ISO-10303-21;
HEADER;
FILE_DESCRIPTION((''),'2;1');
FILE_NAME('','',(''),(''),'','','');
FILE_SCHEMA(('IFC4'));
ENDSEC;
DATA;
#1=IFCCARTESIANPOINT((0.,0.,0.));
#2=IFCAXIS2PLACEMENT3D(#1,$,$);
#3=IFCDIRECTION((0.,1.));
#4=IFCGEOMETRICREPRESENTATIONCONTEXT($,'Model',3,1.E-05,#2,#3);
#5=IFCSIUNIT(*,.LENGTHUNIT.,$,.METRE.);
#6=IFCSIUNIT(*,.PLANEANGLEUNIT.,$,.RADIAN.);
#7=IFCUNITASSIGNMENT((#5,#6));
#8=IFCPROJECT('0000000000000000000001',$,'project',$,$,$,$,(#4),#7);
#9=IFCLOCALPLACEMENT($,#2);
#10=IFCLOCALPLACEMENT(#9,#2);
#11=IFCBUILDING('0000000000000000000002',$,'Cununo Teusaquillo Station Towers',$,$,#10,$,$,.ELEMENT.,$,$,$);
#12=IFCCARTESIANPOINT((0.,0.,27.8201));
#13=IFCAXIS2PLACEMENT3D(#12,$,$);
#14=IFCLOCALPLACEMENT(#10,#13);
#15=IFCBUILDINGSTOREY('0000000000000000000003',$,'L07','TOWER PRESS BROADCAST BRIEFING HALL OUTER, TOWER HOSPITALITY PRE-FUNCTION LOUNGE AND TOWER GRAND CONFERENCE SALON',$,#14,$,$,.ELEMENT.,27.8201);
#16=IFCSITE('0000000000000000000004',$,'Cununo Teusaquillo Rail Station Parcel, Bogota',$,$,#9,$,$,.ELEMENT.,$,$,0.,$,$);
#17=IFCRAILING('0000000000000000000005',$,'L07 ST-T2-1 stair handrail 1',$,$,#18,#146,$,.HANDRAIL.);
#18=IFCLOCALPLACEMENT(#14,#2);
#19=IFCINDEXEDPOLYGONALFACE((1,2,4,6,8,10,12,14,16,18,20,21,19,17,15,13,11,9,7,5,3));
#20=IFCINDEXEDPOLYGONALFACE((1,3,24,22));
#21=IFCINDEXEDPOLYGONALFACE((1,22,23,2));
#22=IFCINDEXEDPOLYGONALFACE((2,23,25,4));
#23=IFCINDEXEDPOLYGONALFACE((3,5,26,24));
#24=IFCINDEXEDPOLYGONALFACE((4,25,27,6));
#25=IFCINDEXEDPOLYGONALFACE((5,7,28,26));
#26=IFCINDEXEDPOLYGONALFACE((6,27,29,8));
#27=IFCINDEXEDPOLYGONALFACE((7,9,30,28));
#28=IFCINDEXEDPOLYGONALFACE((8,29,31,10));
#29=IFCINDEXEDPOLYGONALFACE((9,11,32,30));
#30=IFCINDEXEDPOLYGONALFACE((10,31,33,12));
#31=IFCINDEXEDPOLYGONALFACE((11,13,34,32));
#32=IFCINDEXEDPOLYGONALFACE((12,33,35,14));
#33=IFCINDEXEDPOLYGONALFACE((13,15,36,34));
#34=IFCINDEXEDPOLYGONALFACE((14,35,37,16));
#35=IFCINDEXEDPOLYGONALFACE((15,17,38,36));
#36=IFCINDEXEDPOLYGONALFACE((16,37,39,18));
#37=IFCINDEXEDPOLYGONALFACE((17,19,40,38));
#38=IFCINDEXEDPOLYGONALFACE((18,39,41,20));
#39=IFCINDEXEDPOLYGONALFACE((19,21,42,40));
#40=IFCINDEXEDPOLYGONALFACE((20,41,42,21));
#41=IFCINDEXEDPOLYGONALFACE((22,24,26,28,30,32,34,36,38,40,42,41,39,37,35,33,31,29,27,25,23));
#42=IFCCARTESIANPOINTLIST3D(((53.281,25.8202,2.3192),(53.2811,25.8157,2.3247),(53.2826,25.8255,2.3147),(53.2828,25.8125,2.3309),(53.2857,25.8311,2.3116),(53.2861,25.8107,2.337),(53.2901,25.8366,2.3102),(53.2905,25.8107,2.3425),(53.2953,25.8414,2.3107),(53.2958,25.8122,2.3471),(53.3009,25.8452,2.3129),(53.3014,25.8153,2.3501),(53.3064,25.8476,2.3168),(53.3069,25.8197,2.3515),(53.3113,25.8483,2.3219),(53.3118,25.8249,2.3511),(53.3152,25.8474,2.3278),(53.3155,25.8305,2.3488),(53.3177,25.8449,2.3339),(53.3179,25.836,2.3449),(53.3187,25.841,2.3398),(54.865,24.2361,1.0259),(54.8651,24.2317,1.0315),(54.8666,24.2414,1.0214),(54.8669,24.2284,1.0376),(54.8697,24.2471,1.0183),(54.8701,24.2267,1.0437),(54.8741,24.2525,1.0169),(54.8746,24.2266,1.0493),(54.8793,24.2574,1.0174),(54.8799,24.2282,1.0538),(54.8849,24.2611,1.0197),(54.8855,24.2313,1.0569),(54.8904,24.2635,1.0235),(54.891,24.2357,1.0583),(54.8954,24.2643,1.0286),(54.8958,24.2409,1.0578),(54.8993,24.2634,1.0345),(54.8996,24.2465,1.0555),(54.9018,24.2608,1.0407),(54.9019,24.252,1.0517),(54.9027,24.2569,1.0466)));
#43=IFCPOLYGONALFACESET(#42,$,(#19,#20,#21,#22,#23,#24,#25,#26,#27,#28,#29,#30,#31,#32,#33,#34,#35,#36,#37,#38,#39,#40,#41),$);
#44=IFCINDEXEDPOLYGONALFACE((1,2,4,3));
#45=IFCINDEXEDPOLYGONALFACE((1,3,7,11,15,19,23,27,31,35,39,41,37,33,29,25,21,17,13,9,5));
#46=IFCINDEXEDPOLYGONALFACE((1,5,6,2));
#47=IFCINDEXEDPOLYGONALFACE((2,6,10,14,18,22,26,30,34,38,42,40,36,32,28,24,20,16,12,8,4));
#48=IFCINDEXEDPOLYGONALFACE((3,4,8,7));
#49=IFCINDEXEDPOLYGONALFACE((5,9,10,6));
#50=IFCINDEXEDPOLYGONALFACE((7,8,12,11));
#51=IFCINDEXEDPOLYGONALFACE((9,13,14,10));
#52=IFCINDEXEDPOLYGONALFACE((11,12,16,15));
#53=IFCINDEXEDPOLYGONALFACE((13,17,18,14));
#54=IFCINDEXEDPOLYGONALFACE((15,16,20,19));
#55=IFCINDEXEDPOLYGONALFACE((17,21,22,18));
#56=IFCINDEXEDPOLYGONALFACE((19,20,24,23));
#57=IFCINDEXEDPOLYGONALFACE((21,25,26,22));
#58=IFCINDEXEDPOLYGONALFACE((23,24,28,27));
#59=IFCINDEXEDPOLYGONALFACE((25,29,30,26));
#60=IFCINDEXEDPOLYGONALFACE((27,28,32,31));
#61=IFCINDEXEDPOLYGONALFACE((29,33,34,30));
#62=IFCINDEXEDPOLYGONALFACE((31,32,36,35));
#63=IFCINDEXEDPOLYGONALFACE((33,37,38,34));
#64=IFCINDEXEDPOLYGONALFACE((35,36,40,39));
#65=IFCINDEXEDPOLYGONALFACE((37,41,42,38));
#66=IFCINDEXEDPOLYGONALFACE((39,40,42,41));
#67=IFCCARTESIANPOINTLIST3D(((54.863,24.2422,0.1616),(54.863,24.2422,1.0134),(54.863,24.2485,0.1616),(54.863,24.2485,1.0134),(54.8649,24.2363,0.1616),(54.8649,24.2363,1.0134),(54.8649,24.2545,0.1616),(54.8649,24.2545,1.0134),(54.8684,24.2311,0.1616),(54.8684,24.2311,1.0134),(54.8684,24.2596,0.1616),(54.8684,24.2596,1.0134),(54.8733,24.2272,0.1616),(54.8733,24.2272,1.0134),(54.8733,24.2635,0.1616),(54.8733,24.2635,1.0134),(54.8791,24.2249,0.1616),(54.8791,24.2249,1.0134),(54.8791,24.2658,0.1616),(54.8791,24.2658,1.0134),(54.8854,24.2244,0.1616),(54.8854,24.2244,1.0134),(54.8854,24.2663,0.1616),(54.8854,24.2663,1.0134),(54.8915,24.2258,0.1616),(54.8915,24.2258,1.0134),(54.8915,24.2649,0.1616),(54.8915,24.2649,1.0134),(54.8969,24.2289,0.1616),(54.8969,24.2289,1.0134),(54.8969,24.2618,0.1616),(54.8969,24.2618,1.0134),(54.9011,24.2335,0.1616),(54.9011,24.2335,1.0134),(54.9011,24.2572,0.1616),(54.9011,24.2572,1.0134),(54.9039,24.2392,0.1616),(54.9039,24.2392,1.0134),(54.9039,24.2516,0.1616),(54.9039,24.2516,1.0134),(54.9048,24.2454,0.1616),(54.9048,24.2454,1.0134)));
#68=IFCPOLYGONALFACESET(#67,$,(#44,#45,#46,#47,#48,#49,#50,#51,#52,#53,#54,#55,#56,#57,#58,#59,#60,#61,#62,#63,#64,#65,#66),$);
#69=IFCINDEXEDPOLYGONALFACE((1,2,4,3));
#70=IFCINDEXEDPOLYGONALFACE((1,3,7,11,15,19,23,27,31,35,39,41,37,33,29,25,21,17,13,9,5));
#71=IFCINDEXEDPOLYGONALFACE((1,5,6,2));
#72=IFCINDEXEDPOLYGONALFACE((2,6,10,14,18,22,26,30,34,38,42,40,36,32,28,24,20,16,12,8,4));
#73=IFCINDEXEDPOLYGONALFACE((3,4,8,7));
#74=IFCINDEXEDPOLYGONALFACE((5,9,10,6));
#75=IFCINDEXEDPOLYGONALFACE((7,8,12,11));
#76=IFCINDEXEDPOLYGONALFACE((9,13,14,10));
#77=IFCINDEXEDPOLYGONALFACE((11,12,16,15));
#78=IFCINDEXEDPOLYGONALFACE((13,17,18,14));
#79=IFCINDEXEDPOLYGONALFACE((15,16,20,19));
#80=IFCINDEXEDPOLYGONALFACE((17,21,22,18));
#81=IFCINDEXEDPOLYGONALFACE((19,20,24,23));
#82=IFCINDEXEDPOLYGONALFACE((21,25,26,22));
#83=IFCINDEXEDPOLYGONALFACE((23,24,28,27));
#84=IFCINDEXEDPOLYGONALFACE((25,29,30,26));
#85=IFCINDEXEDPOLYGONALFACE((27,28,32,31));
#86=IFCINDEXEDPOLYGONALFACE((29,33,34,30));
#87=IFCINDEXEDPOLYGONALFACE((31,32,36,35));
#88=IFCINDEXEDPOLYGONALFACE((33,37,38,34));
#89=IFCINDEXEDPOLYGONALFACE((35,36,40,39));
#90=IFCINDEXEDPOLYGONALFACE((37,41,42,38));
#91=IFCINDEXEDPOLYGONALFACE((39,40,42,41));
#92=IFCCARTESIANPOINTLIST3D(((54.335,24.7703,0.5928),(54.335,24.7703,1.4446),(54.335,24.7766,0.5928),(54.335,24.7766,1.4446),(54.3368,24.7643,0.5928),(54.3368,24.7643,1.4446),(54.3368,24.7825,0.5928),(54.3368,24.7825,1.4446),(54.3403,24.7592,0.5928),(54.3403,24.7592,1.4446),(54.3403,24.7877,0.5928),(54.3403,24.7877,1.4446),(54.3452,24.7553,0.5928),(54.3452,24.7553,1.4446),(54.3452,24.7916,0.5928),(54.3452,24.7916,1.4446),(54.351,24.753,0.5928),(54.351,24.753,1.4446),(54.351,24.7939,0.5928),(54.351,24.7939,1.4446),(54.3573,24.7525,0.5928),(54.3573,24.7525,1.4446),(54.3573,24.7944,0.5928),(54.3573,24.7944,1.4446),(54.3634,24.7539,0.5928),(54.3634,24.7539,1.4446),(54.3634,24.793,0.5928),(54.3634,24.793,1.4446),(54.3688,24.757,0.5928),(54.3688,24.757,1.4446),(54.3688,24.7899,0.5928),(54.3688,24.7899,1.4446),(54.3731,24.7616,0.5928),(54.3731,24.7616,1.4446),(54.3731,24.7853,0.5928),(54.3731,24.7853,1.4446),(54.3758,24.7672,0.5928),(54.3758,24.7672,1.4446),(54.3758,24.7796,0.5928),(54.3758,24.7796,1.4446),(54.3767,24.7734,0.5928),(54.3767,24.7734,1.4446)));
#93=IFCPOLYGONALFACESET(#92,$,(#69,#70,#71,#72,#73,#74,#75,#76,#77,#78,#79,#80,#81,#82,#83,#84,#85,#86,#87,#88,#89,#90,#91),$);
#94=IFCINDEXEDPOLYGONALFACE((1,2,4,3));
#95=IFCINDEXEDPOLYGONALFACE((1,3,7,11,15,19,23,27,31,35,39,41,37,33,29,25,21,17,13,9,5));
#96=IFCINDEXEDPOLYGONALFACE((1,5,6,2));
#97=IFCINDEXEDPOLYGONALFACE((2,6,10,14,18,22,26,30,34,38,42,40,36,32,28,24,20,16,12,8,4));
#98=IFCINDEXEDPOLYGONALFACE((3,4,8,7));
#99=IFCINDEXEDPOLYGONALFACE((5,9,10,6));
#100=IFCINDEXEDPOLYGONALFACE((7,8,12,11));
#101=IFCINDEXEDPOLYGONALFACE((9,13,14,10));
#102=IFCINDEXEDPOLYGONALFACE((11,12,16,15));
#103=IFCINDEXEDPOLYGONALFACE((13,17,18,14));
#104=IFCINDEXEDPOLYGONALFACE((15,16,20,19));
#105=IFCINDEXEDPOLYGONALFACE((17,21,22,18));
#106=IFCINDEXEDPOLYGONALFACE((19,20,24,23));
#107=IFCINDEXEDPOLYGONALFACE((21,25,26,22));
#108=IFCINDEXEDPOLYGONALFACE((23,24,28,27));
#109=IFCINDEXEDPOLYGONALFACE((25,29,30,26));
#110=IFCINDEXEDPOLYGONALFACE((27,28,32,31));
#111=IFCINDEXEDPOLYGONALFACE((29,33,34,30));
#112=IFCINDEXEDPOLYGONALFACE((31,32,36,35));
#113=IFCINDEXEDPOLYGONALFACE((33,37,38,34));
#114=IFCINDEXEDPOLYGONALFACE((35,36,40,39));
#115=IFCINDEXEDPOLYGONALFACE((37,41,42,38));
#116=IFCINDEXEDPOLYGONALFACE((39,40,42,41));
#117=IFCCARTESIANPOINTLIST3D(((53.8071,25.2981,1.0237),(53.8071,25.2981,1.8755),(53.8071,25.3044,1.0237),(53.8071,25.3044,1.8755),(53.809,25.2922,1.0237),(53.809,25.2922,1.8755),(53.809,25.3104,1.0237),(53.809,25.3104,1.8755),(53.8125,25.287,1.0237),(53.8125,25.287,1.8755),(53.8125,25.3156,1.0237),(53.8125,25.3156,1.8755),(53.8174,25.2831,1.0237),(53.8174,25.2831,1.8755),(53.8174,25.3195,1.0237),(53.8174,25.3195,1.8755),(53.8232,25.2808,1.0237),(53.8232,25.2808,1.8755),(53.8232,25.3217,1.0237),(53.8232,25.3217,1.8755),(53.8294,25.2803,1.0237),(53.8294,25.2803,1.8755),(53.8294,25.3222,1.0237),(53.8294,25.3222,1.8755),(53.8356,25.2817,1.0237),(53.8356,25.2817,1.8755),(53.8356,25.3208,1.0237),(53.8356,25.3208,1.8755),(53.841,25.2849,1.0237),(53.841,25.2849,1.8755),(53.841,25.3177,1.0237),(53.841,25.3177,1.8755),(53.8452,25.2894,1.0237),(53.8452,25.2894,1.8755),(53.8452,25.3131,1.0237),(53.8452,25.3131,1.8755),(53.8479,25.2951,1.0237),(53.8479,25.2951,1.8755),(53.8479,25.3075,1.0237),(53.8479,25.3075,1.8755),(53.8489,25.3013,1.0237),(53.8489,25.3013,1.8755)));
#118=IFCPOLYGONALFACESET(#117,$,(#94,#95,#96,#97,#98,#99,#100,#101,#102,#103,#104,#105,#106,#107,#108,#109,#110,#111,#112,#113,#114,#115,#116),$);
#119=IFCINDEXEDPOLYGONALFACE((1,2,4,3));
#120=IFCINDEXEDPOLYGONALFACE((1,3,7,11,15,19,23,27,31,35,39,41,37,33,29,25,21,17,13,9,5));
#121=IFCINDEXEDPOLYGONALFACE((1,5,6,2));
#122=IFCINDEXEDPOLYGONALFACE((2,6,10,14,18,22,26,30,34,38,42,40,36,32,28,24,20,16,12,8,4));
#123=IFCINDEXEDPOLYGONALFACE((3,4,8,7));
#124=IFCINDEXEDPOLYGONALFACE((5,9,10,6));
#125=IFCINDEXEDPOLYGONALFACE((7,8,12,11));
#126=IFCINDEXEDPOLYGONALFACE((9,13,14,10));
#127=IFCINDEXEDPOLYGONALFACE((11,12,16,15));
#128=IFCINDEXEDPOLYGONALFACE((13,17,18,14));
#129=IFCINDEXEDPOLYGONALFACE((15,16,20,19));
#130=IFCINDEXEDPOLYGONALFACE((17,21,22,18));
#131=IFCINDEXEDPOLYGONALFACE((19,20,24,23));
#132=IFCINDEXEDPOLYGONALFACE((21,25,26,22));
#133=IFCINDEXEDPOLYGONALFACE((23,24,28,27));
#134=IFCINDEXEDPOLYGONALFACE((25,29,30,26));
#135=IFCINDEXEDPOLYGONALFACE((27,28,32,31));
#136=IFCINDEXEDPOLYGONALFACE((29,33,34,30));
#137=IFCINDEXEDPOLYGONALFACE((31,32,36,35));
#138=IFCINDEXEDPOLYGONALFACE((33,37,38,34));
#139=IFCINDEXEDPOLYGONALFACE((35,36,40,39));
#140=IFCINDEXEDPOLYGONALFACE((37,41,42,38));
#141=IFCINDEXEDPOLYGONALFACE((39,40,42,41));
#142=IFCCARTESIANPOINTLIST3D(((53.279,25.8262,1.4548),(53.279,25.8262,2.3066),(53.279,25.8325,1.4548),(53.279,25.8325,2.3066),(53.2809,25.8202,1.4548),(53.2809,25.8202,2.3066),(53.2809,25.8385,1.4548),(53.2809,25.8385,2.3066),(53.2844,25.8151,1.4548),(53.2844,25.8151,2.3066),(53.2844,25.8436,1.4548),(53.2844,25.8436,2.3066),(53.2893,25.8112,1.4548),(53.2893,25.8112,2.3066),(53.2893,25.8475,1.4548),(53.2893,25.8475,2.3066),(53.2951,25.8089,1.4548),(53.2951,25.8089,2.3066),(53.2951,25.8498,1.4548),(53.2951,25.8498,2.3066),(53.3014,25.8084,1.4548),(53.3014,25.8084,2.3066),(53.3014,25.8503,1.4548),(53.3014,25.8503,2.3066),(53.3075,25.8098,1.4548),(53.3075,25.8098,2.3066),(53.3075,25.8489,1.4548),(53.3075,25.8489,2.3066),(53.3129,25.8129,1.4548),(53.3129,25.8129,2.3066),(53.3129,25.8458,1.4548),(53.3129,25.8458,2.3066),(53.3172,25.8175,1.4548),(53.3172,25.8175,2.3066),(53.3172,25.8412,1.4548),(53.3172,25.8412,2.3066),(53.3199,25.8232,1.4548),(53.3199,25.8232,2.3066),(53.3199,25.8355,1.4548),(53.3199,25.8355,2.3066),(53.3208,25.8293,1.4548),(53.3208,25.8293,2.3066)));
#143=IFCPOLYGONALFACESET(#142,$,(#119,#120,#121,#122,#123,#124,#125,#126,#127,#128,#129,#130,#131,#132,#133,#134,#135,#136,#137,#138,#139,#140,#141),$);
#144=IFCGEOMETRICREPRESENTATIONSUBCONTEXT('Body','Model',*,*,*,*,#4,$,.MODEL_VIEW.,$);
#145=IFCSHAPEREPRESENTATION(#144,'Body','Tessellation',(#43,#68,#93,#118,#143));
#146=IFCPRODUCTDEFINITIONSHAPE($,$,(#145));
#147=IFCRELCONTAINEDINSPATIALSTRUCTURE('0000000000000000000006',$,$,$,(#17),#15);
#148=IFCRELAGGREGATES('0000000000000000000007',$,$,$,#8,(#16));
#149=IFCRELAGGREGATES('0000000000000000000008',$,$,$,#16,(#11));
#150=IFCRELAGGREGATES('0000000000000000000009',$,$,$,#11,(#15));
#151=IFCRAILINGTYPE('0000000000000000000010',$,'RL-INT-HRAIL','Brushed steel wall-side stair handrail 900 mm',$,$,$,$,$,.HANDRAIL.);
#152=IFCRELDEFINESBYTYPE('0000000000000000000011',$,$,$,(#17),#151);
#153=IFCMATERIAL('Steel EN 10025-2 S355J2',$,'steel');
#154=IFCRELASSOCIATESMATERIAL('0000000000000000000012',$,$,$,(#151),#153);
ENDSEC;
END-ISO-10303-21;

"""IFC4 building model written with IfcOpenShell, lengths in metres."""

from ifc_helpers import new_model, si_unit, direction, frame, origin, origin_2d, place, context, subcontext, project, spatial, circle, extrude, material, type_object, element, save


model = new_model("IFC4")

# Units and contexts
model_context = context("Model", 3, precision=1e-05, world=origin(), true_north=direction((0.0, 1.0)))
body_context = subcontext(model_context, "Body", "Model", "MODEL_VIEW")
ifc_project = project(units=[si_unit("LENGTHUNIT", "METRE"), si_unit("PLANEANGLEUNIT", "RADIAN")], contexts=[model_context])

# Site, building, storey
site_placement = place(None, origin())
site = spatial("IfcSite", under=ifc_project, at=site_placement, Name="Cununo Teusaquillo Rail Station Parcel, Bogota", CompositionType="ELEMENT", RefElevation=0.0)
building_placement = place(site_placement, origin())
building = spatial("IfcBuilding", under=site, at=building_placement, Name="Cununo Teusaquillo Station Towers", CompositionType="ELEMENT")
storey_placement = place(building_placement, frame((0.0, 0.0, 27.8201)))
storey = spatial("IfcBuildingStorey", under=building, at=storey_placement, Name="L07", Description="TOWER PRESS BROADCAST BRIEFING HALL OUTER, TOWER HOSPITALITY PRE-FUNCTION LOUNGE AND TOWER GRAND CONFERENCE SALON", CompositionType="ELEMENT", Elevation=27.8201)

# Railing
ifc_material_1 = material(Name="Steel EN 10025-2 S355J2", Category="steel")
railing_type_1 = type_object("IfcRailingType", Name="RL-INT-HRAIL", Description="Brushed steel wall-side stair handrail 900 mm", PredefinedType="HANDRAIL", material=ifc_material_1)
railing_1_placement = place(storey_placement, frame((54.8838, 24.2454, 0.1616)))
element("IfcRailing", 1, at=railing_1_placement, inside=storey, type_object=railing_type_1, Name="L07 ST-T2-1 stair handrail 1", PredefinedType="HANDRAIL", context=body_context, shape_type="SweptSolid", body=[
    extrude(circle(Radius=0.0239, at=origin_2d()), frame((0.0, 0.0, 0.876), z_axis=(-0.612385, 0.612385, 0.49997), x_axis=(-0.707107, -0.707107, 0.0)), (0.0, 0.0, 1.0), 2.5867),
    extrude(circle(Radius=0.021, at=origin_2d()), origin(), (0.0, 0.0, 1.0), 0.8518),
    extrude(circle(Radius=0.021, at=origin_2d()), frame((-0.5281, 0.5281, 0.4312)), (0.0, 0.0, 1.0), 0.8518),
    extrude(circle(Radius=0.021, at=origin_2d()), frame((-1.0559, 1.0559, 0.8621)), (0.0, 0.0, 1.0), 0.8518),
    extrude(circle(Radius=0.021, at=origin_2d()), frame((-1.584, 1.584, 1.2932)), (0.0, 0.0, 1.0), 0.8518),
])

save(model, "model.ifc")
